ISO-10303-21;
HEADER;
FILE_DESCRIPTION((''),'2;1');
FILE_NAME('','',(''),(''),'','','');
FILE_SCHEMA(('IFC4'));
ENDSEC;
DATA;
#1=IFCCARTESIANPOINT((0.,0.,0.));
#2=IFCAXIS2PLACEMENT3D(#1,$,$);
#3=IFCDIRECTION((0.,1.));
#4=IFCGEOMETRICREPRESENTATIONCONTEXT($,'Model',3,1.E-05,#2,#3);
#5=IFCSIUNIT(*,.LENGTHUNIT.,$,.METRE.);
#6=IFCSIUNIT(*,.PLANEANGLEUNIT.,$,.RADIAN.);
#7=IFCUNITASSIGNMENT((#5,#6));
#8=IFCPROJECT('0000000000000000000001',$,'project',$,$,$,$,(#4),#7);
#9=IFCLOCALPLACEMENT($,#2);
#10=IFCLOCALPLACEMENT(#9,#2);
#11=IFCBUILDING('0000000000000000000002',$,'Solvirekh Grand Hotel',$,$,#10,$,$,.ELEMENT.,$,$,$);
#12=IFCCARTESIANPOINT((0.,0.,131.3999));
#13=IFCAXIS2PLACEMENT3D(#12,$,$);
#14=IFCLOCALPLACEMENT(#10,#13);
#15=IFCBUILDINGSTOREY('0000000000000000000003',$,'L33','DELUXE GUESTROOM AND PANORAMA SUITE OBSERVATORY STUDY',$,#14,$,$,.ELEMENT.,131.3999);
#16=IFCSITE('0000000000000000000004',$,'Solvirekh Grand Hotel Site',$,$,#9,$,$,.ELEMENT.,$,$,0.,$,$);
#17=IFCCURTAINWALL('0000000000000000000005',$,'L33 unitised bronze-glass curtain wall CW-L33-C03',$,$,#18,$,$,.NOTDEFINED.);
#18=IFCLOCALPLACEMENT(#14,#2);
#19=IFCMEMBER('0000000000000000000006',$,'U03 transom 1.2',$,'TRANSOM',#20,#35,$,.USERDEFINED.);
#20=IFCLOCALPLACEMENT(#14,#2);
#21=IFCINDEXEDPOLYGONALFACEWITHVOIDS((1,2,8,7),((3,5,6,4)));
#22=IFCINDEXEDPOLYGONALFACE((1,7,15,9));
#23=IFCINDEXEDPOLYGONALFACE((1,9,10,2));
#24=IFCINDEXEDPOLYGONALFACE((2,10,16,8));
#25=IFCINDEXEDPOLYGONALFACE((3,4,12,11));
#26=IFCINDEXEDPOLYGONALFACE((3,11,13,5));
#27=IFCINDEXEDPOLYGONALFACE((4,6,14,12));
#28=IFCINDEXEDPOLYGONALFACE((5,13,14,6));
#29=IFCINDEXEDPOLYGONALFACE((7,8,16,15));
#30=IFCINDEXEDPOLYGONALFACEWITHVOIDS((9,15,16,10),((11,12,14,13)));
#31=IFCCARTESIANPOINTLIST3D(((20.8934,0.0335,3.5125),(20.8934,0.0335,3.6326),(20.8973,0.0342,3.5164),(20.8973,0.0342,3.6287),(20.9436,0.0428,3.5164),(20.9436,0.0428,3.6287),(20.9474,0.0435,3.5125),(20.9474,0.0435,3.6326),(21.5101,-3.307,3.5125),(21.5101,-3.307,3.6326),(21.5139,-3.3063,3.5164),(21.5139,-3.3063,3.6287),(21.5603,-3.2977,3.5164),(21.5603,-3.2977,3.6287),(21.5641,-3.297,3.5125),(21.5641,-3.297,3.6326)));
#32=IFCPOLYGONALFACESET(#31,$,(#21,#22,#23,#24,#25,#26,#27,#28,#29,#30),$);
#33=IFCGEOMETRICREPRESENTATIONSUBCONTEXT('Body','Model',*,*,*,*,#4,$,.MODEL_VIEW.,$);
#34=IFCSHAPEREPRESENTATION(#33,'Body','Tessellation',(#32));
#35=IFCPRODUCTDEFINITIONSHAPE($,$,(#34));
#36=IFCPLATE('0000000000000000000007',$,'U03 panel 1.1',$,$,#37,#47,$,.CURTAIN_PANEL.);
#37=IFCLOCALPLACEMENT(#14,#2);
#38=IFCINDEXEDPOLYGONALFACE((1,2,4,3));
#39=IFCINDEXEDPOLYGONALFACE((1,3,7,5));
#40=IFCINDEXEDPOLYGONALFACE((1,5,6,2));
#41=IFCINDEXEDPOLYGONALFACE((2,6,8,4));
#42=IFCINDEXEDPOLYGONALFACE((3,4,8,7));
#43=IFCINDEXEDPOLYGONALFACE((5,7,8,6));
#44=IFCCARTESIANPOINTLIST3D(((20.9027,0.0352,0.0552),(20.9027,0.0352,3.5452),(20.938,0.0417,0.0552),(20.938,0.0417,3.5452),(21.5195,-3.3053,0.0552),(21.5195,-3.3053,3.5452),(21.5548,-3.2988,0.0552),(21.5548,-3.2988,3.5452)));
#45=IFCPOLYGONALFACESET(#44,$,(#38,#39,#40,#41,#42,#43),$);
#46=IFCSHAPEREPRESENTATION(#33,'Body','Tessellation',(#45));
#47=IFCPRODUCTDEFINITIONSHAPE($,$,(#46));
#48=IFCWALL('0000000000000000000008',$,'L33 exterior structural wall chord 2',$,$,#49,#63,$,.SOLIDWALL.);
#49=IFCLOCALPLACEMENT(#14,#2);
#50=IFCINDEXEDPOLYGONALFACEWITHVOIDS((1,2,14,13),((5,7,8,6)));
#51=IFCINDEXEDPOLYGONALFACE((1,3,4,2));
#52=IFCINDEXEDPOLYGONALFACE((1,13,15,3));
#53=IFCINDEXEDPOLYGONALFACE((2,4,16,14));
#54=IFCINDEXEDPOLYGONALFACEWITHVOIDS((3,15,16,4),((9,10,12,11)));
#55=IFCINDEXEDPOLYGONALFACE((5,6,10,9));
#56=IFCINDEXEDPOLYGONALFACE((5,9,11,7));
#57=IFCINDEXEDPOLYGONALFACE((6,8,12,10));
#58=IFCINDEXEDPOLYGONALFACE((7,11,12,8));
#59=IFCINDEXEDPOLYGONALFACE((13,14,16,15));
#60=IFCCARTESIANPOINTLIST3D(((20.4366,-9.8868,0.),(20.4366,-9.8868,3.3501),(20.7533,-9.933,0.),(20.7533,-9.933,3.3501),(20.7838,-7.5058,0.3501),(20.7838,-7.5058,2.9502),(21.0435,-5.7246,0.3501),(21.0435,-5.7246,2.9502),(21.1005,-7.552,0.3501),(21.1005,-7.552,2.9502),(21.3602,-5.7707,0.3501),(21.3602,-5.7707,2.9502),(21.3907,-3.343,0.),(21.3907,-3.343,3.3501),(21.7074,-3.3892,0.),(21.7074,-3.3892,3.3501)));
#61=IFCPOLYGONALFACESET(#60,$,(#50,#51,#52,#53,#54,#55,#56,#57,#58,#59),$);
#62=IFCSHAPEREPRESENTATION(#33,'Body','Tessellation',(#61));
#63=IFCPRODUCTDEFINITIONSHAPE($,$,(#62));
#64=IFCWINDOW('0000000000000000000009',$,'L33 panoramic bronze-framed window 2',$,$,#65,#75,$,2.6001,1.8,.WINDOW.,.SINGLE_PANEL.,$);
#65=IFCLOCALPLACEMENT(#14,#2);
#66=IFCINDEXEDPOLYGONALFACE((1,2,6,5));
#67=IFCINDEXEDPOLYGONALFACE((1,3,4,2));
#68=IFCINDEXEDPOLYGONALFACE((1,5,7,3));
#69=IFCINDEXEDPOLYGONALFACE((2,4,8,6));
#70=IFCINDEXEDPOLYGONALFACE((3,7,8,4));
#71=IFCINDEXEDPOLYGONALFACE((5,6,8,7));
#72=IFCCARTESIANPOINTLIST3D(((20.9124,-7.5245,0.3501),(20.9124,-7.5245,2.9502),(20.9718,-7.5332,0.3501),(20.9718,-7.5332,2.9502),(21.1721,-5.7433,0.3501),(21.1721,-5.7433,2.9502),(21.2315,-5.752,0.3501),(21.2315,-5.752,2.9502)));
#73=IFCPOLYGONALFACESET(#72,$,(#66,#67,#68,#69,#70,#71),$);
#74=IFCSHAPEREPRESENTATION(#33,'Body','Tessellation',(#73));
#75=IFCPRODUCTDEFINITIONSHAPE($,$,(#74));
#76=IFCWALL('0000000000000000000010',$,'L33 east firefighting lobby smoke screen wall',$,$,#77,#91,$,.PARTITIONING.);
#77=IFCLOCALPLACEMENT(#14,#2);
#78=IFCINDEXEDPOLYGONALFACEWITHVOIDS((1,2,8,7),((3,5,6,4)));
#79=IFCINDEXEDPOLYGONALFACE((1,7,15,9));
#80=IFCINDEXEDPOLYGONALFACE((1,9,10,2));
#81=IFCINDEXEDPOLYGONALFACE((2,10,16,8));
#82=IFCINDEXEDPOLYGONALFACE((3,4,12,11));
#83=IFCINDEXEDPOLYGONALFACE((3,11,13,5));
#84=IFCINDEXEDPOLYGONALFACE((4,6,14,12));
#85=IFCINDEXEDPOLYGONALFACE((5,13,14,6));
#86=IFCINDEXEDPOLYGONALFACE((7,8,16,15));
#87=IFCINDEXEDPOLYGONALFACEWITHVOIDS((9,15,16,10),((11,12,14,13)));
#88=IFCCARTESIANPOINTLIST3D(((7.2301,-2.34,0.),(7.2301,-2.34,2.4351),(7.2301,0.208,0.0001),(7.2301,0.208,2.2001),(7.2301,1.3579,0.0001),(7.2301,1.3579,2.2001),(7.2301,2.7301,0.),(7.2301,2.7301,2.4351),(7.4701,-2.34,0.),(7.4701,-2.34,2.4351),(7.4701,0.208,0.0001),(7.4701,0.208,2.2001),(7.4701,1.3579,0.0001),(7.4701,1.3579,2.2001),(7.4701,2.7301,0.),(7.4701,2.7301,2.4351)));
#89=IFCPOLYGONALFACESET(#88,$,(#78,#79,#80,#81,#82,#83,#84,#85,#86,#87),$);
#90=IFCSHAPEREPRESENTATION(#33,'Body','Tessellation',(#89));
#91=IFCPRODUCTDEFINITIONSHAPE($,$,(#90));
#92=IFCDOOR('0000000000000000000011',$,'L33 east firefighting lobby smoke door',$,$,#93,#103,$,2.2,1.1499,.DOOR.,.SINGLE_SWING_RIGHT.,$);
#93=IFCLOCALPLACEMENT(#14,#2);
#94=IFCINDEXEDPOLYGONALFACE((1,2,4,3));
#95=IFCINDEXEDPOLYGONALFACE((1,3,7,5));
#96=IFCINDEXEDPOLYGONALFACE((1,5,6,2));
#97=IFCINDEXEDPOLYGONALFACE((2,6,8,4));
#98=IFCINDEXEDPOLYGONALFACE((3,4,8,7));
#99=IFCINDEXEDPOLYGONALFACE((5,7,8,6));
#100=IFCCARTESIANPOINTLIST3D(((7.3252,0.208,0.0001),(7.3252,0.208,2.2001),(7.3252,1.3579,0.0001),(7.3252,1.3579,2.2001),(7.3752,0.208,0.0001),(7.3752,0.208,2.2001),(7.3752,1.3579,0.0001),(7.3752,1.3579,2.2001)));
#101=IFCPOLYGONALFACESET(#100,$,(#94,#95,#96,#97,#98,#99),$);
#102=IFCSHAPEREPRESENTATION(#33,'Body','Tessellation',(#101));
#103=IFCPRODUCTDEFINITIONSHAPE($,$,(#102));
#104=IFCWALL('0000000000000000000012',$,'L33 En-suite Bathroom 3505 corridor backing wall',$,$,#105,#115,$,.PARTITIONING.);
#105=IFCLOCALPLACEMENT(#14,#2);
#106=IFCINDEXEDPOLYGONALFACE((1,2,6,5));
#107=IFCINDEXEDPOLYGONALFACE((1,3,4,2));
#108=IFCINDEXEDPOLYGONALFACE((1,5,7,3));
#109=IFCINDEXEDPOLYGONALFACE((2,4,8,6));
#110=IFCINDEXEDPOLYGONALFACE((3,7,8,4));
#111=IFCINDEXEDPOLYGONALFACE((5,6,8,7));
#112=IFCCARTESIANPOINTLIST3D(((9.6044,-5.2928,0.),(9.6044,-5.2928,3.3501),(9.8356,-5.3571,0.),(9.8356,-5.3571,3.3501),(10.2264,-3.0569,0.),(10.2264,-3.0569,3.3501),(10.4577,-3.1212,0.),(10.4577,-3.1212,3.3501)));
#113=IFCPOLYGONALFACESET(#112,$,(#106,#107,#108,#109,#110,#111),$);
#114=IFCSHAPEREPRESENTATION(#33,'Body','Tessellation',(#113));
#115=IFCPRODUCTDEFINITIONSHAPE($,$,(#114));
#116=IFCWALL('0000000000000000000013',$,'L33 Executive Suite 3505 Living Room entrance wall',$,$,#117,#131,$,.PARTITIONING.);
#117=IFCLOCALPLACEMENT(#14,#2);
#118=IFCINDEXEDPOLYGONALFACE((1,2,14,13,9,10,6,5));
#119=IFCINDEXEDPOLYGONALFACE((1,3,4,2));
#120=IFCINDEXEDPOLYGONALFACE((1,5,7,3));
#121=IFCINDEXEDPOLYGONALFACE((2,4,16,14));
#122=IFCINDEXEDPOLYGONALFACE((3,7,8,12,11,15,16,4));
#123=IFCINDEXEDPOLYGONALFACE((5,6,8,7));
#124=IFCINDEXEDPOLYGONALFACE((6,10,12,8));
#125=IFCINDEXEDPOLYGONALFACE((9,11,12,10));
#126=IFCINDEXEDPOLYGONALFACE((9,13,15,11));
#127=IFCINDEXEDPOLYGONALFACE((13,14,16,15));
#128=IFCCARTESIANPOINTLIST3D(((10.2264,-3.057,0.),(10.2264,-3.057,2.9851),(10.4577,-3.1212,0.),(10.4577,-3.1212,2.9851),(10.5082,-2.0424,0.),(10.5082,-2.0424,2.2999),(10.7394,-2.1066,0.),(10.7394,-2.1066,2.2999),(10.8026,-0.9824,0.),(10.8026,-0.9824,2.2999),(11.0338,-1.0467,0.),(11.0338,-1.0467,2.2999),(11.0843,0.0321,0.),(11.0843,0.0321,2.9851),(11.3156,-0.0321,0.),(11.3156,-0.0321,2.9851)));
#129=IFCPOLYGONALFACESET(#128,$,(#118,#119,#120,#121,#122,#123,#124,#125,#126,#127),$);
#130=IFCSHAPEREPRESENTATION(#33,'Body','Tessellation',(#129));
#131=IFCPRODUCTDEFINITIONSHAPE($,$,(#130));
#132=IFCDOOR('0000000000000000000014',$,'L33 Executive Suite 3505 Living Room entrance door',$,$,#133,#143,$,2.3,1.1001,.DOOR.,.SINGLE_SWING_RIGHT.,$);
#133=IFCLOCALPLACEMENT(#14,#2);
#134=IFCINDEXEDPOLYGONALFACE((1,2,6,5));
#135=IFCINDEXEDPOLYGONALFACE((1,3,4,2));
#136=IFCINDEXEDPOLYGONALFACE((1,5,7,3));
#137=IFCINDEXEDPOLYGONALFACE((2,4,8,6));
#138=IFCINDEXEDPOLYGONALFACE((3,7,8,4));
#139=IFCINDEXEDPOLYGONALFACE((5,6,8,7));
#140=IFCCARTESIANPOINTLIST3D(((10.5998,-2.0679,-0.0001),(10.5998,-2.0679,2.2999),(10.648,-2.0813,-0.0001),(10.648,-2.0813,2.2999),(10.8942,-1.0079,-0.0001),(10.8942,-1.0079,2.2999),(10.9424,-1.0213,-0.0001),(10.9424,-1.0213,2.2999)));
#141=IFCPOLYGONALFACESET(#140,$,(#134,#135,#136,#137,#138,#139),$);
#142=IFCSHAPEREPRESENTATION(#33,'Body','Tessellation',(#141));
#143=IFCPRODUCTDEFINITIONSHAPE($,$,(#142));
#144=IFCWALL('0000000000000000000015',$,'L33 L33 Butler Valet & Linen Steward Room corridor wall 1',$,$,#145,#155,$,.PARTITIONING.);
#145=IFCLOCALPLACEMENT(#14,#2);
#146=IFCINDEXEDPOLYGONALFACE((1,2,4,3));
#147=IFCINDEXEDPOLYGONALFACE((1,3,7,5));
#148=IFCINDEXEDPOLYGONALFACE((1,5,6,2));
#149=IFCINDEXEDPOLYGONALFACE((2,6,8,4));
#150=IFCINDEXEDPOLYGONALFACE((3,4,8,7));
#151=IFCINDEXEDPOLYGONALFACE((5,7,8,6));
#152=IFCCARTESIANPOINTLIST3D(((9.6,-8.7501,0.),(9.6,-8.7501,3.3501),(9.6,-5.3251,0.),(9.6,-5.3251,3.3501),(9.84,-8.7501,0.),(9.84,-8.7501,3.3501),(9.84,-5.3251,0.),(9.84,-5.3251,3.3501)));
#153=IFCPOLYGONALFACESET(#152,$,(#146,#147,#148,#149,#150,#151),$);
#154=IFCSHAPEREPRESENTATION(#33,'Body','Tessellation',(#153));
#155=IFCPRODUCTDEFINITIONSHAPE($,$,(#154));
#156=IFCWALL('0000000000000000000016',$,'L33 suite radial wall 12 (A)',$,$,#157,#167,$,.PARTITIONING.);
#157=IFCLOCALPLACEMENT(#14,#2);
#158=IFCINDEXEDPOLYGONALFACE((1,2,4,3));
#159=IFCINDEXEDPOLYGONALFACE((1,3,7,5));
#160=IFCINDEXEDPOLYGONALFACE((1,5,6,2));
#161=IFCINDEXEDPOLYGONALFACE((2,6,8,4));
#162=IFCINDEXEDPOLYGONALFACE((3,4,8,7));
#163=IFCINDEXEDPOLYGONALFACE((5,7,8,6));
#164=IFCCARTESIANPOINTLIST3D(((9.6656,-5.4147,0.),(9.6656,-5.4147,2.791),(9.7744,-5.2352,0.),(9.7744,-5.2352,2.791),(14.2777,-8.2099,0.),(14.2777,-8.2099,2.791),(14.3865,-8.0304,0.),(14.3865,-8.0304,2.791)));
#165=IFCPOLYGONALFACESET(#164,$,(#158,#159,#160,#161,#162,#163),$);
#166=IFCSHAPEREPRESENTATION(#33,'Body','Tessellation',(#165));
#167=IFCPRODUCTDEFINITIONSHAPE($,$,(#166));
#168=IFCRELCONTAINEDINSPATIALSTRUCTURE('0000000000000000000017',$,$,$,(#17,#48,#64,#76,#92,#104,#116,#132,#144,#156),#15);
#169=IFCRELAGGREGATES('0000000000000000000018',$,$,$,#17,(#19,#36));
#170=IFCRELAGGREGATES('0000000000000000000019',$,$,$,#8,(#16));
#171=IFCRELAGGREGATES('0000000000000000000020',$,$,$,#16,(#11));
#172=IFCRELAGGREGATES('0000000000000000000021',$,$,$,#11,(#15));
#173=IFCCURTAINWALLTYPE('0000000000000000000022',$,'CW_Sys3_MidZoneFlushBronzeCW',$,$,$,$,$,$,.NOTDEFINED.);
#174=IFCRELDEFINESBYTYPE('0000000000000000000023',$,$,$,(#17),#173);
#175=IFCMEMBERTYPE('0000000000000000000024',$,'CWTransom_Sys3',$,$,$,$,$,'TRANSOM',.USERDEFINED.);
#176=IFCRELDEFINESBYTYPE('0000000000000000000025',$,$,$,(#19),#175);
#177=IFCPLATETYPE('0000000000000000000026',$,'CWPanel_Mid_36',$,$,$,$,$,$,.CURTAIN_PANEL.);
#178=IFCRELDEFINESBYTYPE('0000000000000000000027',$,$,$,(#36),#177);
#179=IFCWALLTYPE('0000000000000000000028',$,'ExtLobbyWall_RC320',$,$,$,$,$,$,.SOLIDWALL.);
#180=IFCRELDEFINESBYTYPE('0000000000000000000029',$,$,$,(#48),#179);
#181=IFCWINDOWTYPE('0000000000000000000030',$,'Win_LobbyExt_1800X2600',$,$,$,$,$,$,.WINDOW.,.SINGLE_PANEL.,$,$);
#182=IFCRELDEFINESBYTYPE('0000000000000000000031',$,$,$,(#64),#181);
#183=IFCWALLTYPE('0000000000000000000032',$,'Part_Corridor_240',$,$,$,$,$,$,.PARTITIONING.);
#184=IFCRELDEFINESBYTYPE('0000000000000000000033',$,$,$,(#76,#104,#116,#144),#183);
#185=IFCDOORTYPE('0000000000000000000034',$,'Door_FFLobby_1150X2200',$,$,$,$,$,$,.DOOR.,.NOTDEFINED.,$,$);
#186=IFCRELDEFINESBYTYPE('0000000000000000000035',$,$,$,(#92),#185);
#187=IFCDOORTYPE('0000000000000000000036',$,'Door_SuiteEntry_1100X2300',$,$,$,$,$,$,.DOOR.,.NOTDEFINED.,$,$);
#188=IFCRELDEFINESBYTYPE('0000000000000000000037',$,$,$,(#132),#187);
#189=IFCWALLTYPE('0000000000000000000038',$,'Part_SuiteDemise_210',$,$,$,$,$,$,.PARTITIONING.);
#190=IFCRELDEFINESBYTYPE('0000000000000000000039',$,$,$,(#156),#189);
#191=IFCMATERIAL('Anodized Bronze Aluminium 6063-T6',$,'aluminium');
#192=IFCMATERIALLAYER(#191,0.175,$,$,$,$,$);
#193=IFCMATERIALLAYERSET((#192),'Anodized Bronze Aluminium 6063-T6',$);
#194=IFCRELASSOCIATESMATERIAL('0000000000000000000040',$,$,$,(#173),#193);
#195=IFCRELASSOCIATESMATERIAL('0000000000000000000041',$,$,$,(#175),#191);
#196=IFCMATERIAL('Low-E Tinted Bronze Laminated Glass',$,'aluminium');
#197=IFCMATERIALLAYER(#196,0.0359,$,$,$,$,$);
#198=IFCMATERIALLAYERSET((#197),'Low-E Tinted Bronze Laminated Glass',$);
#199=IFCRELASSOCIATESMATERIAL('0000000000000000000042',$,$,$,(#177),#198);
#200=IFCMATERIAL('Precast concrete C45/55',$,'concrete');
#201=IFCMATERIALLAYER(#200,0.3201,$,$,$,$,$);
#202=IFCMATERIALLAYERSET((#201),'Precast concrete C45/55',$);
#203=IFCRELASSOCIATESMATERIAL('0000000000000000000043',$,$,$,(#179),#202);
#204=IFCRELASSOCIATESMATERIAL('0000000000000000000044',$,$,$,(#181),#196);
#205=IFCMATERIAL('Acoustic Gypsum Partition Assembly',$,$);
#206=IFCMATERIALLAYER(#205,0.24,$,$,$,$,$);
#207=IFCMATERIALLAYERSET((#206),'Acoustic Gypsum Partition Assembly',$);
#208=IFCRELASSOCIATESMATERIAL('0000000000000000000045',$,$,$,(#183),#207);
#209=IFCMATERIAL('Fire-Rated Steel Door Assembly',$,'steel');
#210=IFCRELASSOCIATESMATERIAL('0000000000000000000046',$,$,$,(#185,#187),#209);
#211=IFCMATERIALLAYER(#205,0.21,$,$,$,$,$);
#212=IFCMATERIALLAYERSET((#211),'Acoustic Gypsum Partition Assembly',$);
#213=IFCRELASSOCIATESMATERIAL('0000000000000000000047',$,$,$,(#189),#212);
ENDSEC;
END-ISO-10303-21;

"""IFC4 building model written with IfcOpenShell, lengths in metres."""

from ifc_helpers import new_model, si_unit, direction, frame, frame_2d, origin, origin_2d, place, context, subcontext, project, spatial, rectangle, hollow_rectangle, extrude, source, transform, mapped, material, layer, layer_set, material_profile, profile_set, type_object, element, fill, aggregate, save


model = new_model("IFC4")

# Units and contexts
model_context = context("Model", 3, precision=1e-05, world=origin(), true_north=direction((0.0, 1.0)))
body_context = subcontext(model_context, "Body", "Model", "MODEL_VIEW")
ifc_project = project(units=[si_unit("LENGTHUNIT", "METRE"), si_unit("PLANEANGLEUNIT", "RADIAN")], contexts=[model_context])

# Site, building, storey
site_placement = place(None, origin())
site = spatial("IfcSite", under=ifc_project, at=site_placement, Name="Solvirekh Grand Hotel Site", CompositionType="ELEMENT", RefElevation=0.0)
building_placement = place(site_placement, origin())
building = spatial("IfcBuilding", under=site, at=building_placement, Name="Solvirekh Grand Hotel", CompositionType="ELEMENT")
storey_placement = place(building_placement, frame((0.0, 0.0, 131.3999)))
storey = spatial("IfcBuildingStorey", under=building, at=storey_placement, Name="L33", Description="DELUXE GUESTROOM AND PANORAMA SUITE OBSERVATORY STUDY", CompositionType="ELEMENT", Elevation=131.3999)

# Curtain wall, member, plate
ifc_material_1 = material(Name="Anodized Bronze Aluminium 6063-T6", Category="aluminium")
ifc_layer_1 = layer(ifc_material_1, 0.175)
ifc_layer_set_1 = layer_set([ifc_layer_1], Name="Anodized Bronze Aluminium 6063-T6")
curtain_wall_type = type_object("IfcCurtainWallType", Name="CW_Sys3_MidZoneFlushBronzeCW", PredefinedType="NOTDEFINED", material=ifc_layer_set_1)
curtain_wall_placement = place(storey_placement, origin())
curtain_wall = element("IfcCurtainWall", 1, at=curtain_wall_placement, inside=storey, type_object=curtain_wall_type, Name="L33 unitised bronze-glass curtain wall CW-L33-C03", PredefinedType="NOTDEFINED")
ifc_material_profile_1 = material_profile(ifc_material_1, hollow_rectangle(XDim=0.0549, YDim=0.1201, WallThickness=0.0039, at=origin_2d()), Name="ALU RHS 120X55X4")
ifc_profile_set_1 = profile_set([ifc_material_profile_1], Name="Anodized Bronze Aluminium 6063-T6")
member_type_1 = type_object("IfcMemberType", Name="CWTransom_Sys3", ElementType="TRANSOM", PredefinedType="USERDEFINED", material=ifc_profile_set_1)
shared_shape_1 = source(origin(), body_context, "Body", "SweptSolid", [
    extrude(hollow_rectangle(XDim=0.0549, YDim=0.1201, WallThickness=0.0039, at=origin_2d()), origin(), (0.0, 0.0, 1.0), 3.397),
])
member_1_placement = place(storey_placement, frame((21.5371, -3.302, 3.5725), z_axis=(-0.181541, 0.983383, 0.0), x_axis=(-0.983383, -0.181541, 0.0)))
member_1 = element("IfcMember", 2, at=member_1_placement, type_object=member_type_1, Name="U03 transom 1.2", ObjectType="TRANSOM", PredefinedType="USERDEFINED", context=body_context, shape_type="MappedRepresentation", body=[
    mapped(shared_shape_1, transform((0.0, 0.0, 0.0), x_axis=(1.0, 0.0, 0.0), y_axis=(0.0, 1.0, 0.0), z_axis=(0.0, 0.0, 1.0), scale=1.0)),
])
ifc_material_2 = material(Name="Low-E Tinted Bronze Laminated Glass", Category="aluminium")
ifc_layer_2 = layer(ifc_material_2, 0.0359)
ifc_layer_set_2 = layer_set([ifc_layer_2], Name="Low-E Tinted Bronze Laminated Glass")
plate_type = type_object("IfcPlateType", Name="CWPanel_Mid_36", PredefinedType="CURTAIN_PANEL", material=ifc_layer_set_2)
shared_shape_2 = source(origin(), body_context, "Body", "SweptSolid", [
    extrude(rectangle(XDim=3.397, YDim=0.0359, at=origin_2d()), origin(), (0.0, 0.0, 1.0), 3.49),
])
plate_placement = place(storey_placement, frame((21.2288, -1.6318, 0.0552), z_axis=(0.0, 0.0, 1.0), x_axis=(-0.181567, 0.983379, 0.0)))
plate = element("IfcPlate", 3, at=plate_placement, type_object=plate_type, Name="U03 panel 1.1", PredefinedType="CURTAIN_PANEL", context=body_context, shape_type="MappedRepresentation", body=[
    mapped(shared_shape_2, transform((0.0, 0.0, 0.0), x_axis=(1.0, 0.0, 0.0), y_axis=(0.0, 1.0, 0.0), z_axis=(0.0, 0.0, 1.0), scale=1.0)),
])
aggregate(curtain_wall, [member_1, plate])

# Wall, opening, window
ifc_material_3 = material(Name="Precast concrete C45/55", Category="concrete")
ifc_layer_3 = layer(ifc_material_3, 0.3201)
ifc_layer_set_3 = layer_set([ifc_layer_3], Name="Precast concrete C45/55")
wall_type_1 = type_object("IfcWallType", Name="ExtLobbyWall_RC320", PredefinedType="SOLIDWALL", material=ifc_layer_set_3)
wall_1_placement = place(storey_placement, frame((21.5491, -3.366, 0.0), z_axis=(0.0, 0.0, 1.0), x_axis=(-0.144274, -0.989538, 0.0)))
wall_1 = element("IfcWall", 4, at=wall_1_placement, inside=storey, type_object=wall_type_1, Name="L33 exterior structural wall chord 2", PredefinedType="SOLIDWALL", context=body_context, shape_type="SweptSolid", body=[
    extrude(rectangle(XDim=6.613, YDim=0.3201, at=frame_2d((3.3066, 0.0))), origin(), (0.0, 0.0, 1.0), 3.3501),
])
opening_1_placement = place(wall_1_placement, frame((2.407, 0.0, 0.3501)))
opening_1 = element("IfcOpeningElement", 5, at=opening_1_placement, cuts=wall_1, PredefinedType="OPENING", context=body_context, shape_type="SweptSolid", body=[
    extrude(rectangle(XDim=1.8, YDim=2.6001, at=frame_2d((0.8999, 1.3))), frame((0.0, 0.1699, 0.0), z_axis=(0.0, -1.0, 0.0), x_axis=(1.0, 0.0, 0.0)), (0.0, 0.0, 1.0), 0.3401),
])
window_type = type_object("IfcWindowType", Name="Win_LobbyExt_1800X2600", PartitioningType="SINGLE_PANEL", PredefinedType="WINDOW", material=ifc_material_2)
window_placement = place(opening_1_placement, origin())
window = element("IfcWindow", 6, at=window_placement, inside=storey, type_object=window_type, Name="L33 panoramic bronze-framed window 2", OverallHeight=2.6001, OverallWidth=1.8, PartitioningType="SINGLE_PANEL", PredefinedType="WINDOW", context=body_context, shape_type="SweptSolid", body=[
    extrude(rectangle(XDim=1.8, YDim=2.6001, at=frame_2d((0.8999, 1.3))), frame((0.0, 0.03, 0.0), z_axis=(0.0, -1.0, 0.0), x_axis=(1.0, 0.0, 0.0)), (0.0, 0.0, 1.0), 0.0601),
])
fill(opening_1, window)

# Wall, opening, door
ifc_material_4 = material(Name="Acoustic Gypsum Partition Assembly")
ifc_layer_4 = layer(ifc_material_4, 0.24)
ifc_layer_set_4 = layer_set([ifc_layer_4], Name="Acoustic Gypsum Partition Assembly")
wall_type_2 = type_object("IfcWallType", Name="Part_Corridor_240", PredefinedType="PARTITIONING", material=ifc_layer_set_4)
wall_2_placement = place(storey_placement, frame((7.3501, -2.3401, 0.0), z_axis=(0.0, 0.0, 1.0), x_axis=(0.0, 1.0, 0.0)))
wall_2 = element("IfcWall", 7, at=wall_2_placement, inside=storey, type_object=wall_type_2, Name="L33 east firefighting lobby smoke screen wall", PredefinedType="PARTITIONING", context=body_context, shape_type="SweptSolid", body=[
    extrude(rectangle(XDim=5.0701, YDim=0.24, at=frame_2d((2.5352, 0.0))), origin(), (0.0, 0.0, 1.0), 2.4351),
])
opening_2_placement = place(wall_2_placement, frame((2.5481, 0.0, 0.0)))
opening_2 = element("IfcOpeningElement", 8, at=opening_2_placement, cuts=wall_2, PredefinedType="OPENING", context=body_context, shape_type="SweptSolid", body=[
    extrude(rectangle(XDim=1.1499, YDim=2.2, at=frame_2d((0.575, 1.1001))), frame((0.0, 0.1299, 0.0), z_axis=(0.0, -1.0, 0.0), x_axis=(1.0, 0.0, 0.0)), (0.0, 0.0, 1.0), 0.26),
])
ifc_material_5 = material(Name="Fire-Rated Steel Door Assembly", Category="steel")
door_type_1 = type_object("IfcDoorType", Name="Door_FFLobby_1150X2200", OperationType="NOTDEFINED", PredefinedType="DOOR", material=ifc_material_5)
door_1_placement = place(opening_2_placement, origin())
door_1 = element("IfcDoor", 9, at=door_1_placement, inside=storey, type_object=door_type_1, Name="L33 east firefighting lobby smoke door", OperationType="SINGLE_SWING_RIGHT", OverallHeight=2.2, OverallWidth=1.1499, PredefinedType="DOOR", context=body_context, shape_type="SweptSolid", body=[
    extrude(rectangle(XDim=1.1499, YDim=2.2, at=frame_2d((0.575, 1.1001))), frame((0.0, 0.0249, 0.0), z_axis=(0.0, -1.0, 0.0), x_axis=(1.0, 0.0, 0.0)), (0.0, 0.0, 1.0), 0.05),
])
fill(opening_2, door_1)

# Wall
wall_3_placement = place(storey_placement, frame((9.72, -5.325, 0.0), z_axis=(0.0, 0.0, 1.0), x_axis=(0.268045, 0.963406, 0.0)))
element("IfcWall", 10, at=wall_3_placement, inside=storey, type_object=wall_type_2, Name="L33 En-suite Bathroom 3505 corridor backing wall", PredefinedType="PARTITIONING", context=body_context, shape_type="SweptSolid", body=[
    extrude(rectangle(XDim=2.3208, YDim=0.24, at=frame_2d((1.1604, 0.0))), origin(), (0.0, 0.0, 1.0), 3.3501),
])

# Wall, opening, door
wall_4_placement = place(storey_placement, frame((10.342, -3.0891, 0.0), z_axis=(0.0, 0.0, 1.0), x_axis=(0.267593, 0.963532, 0.0)))
wall_4 = element("IfcWall", 11, at=wall_4_placement, inside=storey, type_object=wall_type_2, Name="L33 Executive Suite 3505 Living Room entrance wall", PredefinedType="PARTITIONING", context=body_context, shape_type="SweptSolid", body=[
    extrude(rectangle(XDim=3.2061, YDim=0.24, at=frame_2d((1.603, 0.0))), origin(), (0.0, 0.0, 1.0), 2.9851),
])
opening_3_placement = place(wall_4_placement, frame((1.053, 0.0, 0.0)))
opening_3 = element("IfcOpeningElement", 12, at=opening_3_placement, cuts=wall_4, PredefinedType="OPENING", context=body_context, shape_type="SweptSolid", body=[
    extrude(rectangle(XDim=1.1001, YDim=2.3, at=frame_2d((0.55, 1.1499))), frame((0.0, 0.1299, 0.0), z_axis=(0.0, -1.0, 0.0), x_axis=(1.0, 0.0, 0.0)), (0.0, 0.0, 1.0), 0.26),
])
door_type_2 = type_object("IfcDoorType", Name="Door_SuiteEntry_1100X2300", OperationType="NOTDEFINED", PredefinedType="DOOR", material=ifc_material_5)
door_2_placement = place(opening_3_placement, origin())
door_2 = element("IfcDoor", 13, at=door_2_placement, inside=storey, type_object=door_type_2, Name="L33 Executive Suite 3505 Living Room entrance door", OperationType="SINGLE_SWING_RIGHT", OverallHeight=2.3, OverallWidth=1.1001, PredefinedType="DOOR", context=body_context, shape_type="SweptSolid", body=[
    extrude(rectangle(XDim=1.1001, YDim=2.3, at=frame_2d((0.55, 1.1499))), frame((0.0, 0.0249, 0.0), z_axis=(0.0, -1.0, 0.0), x_axis=(1.0, 0.0, 0.0)), (0.0, 0.0, 1.0), 0.05),
])
fill(opening_3, door_2)

# Walls
wall_5_placement = place(storey_placement, frame((9.72, -8.75, 0.0), z_axis=(0.0, 0.0, 1.0), x_axis=(0.0, 1.0, 0.0)))
element("IfcWall", 14, at=wall_5_placement, inside=storey, type_object=wall_type_2, Name="L33 L33 Butler Valet & Linen Steward Room corridor wall 1", PredefinedType="PARTITIONING", context=body_context, shape_type="SweptSolid", body=[
    extrude(rectangle(XDim=3.425, YDim=0.24, at=frame_2d((1.7124, 0.0))), origin(), (0.0, 0.0, 1.0), 3.3501),
])
ifc_layer_5 = layer(ifc_material_4, 0.21)
ifc_layer_set_5 = layer_set([ifc_layer_5], Name="Acoustic Gypsum Partition Assembly")
wall_type_3 = type_object("IfcWallType", Name="Part_SuiteDemise_210", PredefinedType="PARTITIONING", material=ifc_layer_set_5)
wall_6_placement = place(storey_placement, frame((9.72, -5.325, 0.0), z_axis=(0.0, 0.0, 1.0), x_axis=(0.8552, -0.518299, 0.0)))
element("IfcWall", 15, at=wall_6_placement, inside=storey, type_object=wall_type_3, Name="L33 suite radial wall 12 (A)", PredefinedType="PARTITIONING", context=body_context, shape_type="SweptSolid", body=[
    extrude(rectangle(XDim=5.3931, YDim=0.21, at=frame_2d((2.6965, 0.0))), origin(), (0.0, 0.0, 1.0), 2.791),
])

save(model, "model.ifc")
